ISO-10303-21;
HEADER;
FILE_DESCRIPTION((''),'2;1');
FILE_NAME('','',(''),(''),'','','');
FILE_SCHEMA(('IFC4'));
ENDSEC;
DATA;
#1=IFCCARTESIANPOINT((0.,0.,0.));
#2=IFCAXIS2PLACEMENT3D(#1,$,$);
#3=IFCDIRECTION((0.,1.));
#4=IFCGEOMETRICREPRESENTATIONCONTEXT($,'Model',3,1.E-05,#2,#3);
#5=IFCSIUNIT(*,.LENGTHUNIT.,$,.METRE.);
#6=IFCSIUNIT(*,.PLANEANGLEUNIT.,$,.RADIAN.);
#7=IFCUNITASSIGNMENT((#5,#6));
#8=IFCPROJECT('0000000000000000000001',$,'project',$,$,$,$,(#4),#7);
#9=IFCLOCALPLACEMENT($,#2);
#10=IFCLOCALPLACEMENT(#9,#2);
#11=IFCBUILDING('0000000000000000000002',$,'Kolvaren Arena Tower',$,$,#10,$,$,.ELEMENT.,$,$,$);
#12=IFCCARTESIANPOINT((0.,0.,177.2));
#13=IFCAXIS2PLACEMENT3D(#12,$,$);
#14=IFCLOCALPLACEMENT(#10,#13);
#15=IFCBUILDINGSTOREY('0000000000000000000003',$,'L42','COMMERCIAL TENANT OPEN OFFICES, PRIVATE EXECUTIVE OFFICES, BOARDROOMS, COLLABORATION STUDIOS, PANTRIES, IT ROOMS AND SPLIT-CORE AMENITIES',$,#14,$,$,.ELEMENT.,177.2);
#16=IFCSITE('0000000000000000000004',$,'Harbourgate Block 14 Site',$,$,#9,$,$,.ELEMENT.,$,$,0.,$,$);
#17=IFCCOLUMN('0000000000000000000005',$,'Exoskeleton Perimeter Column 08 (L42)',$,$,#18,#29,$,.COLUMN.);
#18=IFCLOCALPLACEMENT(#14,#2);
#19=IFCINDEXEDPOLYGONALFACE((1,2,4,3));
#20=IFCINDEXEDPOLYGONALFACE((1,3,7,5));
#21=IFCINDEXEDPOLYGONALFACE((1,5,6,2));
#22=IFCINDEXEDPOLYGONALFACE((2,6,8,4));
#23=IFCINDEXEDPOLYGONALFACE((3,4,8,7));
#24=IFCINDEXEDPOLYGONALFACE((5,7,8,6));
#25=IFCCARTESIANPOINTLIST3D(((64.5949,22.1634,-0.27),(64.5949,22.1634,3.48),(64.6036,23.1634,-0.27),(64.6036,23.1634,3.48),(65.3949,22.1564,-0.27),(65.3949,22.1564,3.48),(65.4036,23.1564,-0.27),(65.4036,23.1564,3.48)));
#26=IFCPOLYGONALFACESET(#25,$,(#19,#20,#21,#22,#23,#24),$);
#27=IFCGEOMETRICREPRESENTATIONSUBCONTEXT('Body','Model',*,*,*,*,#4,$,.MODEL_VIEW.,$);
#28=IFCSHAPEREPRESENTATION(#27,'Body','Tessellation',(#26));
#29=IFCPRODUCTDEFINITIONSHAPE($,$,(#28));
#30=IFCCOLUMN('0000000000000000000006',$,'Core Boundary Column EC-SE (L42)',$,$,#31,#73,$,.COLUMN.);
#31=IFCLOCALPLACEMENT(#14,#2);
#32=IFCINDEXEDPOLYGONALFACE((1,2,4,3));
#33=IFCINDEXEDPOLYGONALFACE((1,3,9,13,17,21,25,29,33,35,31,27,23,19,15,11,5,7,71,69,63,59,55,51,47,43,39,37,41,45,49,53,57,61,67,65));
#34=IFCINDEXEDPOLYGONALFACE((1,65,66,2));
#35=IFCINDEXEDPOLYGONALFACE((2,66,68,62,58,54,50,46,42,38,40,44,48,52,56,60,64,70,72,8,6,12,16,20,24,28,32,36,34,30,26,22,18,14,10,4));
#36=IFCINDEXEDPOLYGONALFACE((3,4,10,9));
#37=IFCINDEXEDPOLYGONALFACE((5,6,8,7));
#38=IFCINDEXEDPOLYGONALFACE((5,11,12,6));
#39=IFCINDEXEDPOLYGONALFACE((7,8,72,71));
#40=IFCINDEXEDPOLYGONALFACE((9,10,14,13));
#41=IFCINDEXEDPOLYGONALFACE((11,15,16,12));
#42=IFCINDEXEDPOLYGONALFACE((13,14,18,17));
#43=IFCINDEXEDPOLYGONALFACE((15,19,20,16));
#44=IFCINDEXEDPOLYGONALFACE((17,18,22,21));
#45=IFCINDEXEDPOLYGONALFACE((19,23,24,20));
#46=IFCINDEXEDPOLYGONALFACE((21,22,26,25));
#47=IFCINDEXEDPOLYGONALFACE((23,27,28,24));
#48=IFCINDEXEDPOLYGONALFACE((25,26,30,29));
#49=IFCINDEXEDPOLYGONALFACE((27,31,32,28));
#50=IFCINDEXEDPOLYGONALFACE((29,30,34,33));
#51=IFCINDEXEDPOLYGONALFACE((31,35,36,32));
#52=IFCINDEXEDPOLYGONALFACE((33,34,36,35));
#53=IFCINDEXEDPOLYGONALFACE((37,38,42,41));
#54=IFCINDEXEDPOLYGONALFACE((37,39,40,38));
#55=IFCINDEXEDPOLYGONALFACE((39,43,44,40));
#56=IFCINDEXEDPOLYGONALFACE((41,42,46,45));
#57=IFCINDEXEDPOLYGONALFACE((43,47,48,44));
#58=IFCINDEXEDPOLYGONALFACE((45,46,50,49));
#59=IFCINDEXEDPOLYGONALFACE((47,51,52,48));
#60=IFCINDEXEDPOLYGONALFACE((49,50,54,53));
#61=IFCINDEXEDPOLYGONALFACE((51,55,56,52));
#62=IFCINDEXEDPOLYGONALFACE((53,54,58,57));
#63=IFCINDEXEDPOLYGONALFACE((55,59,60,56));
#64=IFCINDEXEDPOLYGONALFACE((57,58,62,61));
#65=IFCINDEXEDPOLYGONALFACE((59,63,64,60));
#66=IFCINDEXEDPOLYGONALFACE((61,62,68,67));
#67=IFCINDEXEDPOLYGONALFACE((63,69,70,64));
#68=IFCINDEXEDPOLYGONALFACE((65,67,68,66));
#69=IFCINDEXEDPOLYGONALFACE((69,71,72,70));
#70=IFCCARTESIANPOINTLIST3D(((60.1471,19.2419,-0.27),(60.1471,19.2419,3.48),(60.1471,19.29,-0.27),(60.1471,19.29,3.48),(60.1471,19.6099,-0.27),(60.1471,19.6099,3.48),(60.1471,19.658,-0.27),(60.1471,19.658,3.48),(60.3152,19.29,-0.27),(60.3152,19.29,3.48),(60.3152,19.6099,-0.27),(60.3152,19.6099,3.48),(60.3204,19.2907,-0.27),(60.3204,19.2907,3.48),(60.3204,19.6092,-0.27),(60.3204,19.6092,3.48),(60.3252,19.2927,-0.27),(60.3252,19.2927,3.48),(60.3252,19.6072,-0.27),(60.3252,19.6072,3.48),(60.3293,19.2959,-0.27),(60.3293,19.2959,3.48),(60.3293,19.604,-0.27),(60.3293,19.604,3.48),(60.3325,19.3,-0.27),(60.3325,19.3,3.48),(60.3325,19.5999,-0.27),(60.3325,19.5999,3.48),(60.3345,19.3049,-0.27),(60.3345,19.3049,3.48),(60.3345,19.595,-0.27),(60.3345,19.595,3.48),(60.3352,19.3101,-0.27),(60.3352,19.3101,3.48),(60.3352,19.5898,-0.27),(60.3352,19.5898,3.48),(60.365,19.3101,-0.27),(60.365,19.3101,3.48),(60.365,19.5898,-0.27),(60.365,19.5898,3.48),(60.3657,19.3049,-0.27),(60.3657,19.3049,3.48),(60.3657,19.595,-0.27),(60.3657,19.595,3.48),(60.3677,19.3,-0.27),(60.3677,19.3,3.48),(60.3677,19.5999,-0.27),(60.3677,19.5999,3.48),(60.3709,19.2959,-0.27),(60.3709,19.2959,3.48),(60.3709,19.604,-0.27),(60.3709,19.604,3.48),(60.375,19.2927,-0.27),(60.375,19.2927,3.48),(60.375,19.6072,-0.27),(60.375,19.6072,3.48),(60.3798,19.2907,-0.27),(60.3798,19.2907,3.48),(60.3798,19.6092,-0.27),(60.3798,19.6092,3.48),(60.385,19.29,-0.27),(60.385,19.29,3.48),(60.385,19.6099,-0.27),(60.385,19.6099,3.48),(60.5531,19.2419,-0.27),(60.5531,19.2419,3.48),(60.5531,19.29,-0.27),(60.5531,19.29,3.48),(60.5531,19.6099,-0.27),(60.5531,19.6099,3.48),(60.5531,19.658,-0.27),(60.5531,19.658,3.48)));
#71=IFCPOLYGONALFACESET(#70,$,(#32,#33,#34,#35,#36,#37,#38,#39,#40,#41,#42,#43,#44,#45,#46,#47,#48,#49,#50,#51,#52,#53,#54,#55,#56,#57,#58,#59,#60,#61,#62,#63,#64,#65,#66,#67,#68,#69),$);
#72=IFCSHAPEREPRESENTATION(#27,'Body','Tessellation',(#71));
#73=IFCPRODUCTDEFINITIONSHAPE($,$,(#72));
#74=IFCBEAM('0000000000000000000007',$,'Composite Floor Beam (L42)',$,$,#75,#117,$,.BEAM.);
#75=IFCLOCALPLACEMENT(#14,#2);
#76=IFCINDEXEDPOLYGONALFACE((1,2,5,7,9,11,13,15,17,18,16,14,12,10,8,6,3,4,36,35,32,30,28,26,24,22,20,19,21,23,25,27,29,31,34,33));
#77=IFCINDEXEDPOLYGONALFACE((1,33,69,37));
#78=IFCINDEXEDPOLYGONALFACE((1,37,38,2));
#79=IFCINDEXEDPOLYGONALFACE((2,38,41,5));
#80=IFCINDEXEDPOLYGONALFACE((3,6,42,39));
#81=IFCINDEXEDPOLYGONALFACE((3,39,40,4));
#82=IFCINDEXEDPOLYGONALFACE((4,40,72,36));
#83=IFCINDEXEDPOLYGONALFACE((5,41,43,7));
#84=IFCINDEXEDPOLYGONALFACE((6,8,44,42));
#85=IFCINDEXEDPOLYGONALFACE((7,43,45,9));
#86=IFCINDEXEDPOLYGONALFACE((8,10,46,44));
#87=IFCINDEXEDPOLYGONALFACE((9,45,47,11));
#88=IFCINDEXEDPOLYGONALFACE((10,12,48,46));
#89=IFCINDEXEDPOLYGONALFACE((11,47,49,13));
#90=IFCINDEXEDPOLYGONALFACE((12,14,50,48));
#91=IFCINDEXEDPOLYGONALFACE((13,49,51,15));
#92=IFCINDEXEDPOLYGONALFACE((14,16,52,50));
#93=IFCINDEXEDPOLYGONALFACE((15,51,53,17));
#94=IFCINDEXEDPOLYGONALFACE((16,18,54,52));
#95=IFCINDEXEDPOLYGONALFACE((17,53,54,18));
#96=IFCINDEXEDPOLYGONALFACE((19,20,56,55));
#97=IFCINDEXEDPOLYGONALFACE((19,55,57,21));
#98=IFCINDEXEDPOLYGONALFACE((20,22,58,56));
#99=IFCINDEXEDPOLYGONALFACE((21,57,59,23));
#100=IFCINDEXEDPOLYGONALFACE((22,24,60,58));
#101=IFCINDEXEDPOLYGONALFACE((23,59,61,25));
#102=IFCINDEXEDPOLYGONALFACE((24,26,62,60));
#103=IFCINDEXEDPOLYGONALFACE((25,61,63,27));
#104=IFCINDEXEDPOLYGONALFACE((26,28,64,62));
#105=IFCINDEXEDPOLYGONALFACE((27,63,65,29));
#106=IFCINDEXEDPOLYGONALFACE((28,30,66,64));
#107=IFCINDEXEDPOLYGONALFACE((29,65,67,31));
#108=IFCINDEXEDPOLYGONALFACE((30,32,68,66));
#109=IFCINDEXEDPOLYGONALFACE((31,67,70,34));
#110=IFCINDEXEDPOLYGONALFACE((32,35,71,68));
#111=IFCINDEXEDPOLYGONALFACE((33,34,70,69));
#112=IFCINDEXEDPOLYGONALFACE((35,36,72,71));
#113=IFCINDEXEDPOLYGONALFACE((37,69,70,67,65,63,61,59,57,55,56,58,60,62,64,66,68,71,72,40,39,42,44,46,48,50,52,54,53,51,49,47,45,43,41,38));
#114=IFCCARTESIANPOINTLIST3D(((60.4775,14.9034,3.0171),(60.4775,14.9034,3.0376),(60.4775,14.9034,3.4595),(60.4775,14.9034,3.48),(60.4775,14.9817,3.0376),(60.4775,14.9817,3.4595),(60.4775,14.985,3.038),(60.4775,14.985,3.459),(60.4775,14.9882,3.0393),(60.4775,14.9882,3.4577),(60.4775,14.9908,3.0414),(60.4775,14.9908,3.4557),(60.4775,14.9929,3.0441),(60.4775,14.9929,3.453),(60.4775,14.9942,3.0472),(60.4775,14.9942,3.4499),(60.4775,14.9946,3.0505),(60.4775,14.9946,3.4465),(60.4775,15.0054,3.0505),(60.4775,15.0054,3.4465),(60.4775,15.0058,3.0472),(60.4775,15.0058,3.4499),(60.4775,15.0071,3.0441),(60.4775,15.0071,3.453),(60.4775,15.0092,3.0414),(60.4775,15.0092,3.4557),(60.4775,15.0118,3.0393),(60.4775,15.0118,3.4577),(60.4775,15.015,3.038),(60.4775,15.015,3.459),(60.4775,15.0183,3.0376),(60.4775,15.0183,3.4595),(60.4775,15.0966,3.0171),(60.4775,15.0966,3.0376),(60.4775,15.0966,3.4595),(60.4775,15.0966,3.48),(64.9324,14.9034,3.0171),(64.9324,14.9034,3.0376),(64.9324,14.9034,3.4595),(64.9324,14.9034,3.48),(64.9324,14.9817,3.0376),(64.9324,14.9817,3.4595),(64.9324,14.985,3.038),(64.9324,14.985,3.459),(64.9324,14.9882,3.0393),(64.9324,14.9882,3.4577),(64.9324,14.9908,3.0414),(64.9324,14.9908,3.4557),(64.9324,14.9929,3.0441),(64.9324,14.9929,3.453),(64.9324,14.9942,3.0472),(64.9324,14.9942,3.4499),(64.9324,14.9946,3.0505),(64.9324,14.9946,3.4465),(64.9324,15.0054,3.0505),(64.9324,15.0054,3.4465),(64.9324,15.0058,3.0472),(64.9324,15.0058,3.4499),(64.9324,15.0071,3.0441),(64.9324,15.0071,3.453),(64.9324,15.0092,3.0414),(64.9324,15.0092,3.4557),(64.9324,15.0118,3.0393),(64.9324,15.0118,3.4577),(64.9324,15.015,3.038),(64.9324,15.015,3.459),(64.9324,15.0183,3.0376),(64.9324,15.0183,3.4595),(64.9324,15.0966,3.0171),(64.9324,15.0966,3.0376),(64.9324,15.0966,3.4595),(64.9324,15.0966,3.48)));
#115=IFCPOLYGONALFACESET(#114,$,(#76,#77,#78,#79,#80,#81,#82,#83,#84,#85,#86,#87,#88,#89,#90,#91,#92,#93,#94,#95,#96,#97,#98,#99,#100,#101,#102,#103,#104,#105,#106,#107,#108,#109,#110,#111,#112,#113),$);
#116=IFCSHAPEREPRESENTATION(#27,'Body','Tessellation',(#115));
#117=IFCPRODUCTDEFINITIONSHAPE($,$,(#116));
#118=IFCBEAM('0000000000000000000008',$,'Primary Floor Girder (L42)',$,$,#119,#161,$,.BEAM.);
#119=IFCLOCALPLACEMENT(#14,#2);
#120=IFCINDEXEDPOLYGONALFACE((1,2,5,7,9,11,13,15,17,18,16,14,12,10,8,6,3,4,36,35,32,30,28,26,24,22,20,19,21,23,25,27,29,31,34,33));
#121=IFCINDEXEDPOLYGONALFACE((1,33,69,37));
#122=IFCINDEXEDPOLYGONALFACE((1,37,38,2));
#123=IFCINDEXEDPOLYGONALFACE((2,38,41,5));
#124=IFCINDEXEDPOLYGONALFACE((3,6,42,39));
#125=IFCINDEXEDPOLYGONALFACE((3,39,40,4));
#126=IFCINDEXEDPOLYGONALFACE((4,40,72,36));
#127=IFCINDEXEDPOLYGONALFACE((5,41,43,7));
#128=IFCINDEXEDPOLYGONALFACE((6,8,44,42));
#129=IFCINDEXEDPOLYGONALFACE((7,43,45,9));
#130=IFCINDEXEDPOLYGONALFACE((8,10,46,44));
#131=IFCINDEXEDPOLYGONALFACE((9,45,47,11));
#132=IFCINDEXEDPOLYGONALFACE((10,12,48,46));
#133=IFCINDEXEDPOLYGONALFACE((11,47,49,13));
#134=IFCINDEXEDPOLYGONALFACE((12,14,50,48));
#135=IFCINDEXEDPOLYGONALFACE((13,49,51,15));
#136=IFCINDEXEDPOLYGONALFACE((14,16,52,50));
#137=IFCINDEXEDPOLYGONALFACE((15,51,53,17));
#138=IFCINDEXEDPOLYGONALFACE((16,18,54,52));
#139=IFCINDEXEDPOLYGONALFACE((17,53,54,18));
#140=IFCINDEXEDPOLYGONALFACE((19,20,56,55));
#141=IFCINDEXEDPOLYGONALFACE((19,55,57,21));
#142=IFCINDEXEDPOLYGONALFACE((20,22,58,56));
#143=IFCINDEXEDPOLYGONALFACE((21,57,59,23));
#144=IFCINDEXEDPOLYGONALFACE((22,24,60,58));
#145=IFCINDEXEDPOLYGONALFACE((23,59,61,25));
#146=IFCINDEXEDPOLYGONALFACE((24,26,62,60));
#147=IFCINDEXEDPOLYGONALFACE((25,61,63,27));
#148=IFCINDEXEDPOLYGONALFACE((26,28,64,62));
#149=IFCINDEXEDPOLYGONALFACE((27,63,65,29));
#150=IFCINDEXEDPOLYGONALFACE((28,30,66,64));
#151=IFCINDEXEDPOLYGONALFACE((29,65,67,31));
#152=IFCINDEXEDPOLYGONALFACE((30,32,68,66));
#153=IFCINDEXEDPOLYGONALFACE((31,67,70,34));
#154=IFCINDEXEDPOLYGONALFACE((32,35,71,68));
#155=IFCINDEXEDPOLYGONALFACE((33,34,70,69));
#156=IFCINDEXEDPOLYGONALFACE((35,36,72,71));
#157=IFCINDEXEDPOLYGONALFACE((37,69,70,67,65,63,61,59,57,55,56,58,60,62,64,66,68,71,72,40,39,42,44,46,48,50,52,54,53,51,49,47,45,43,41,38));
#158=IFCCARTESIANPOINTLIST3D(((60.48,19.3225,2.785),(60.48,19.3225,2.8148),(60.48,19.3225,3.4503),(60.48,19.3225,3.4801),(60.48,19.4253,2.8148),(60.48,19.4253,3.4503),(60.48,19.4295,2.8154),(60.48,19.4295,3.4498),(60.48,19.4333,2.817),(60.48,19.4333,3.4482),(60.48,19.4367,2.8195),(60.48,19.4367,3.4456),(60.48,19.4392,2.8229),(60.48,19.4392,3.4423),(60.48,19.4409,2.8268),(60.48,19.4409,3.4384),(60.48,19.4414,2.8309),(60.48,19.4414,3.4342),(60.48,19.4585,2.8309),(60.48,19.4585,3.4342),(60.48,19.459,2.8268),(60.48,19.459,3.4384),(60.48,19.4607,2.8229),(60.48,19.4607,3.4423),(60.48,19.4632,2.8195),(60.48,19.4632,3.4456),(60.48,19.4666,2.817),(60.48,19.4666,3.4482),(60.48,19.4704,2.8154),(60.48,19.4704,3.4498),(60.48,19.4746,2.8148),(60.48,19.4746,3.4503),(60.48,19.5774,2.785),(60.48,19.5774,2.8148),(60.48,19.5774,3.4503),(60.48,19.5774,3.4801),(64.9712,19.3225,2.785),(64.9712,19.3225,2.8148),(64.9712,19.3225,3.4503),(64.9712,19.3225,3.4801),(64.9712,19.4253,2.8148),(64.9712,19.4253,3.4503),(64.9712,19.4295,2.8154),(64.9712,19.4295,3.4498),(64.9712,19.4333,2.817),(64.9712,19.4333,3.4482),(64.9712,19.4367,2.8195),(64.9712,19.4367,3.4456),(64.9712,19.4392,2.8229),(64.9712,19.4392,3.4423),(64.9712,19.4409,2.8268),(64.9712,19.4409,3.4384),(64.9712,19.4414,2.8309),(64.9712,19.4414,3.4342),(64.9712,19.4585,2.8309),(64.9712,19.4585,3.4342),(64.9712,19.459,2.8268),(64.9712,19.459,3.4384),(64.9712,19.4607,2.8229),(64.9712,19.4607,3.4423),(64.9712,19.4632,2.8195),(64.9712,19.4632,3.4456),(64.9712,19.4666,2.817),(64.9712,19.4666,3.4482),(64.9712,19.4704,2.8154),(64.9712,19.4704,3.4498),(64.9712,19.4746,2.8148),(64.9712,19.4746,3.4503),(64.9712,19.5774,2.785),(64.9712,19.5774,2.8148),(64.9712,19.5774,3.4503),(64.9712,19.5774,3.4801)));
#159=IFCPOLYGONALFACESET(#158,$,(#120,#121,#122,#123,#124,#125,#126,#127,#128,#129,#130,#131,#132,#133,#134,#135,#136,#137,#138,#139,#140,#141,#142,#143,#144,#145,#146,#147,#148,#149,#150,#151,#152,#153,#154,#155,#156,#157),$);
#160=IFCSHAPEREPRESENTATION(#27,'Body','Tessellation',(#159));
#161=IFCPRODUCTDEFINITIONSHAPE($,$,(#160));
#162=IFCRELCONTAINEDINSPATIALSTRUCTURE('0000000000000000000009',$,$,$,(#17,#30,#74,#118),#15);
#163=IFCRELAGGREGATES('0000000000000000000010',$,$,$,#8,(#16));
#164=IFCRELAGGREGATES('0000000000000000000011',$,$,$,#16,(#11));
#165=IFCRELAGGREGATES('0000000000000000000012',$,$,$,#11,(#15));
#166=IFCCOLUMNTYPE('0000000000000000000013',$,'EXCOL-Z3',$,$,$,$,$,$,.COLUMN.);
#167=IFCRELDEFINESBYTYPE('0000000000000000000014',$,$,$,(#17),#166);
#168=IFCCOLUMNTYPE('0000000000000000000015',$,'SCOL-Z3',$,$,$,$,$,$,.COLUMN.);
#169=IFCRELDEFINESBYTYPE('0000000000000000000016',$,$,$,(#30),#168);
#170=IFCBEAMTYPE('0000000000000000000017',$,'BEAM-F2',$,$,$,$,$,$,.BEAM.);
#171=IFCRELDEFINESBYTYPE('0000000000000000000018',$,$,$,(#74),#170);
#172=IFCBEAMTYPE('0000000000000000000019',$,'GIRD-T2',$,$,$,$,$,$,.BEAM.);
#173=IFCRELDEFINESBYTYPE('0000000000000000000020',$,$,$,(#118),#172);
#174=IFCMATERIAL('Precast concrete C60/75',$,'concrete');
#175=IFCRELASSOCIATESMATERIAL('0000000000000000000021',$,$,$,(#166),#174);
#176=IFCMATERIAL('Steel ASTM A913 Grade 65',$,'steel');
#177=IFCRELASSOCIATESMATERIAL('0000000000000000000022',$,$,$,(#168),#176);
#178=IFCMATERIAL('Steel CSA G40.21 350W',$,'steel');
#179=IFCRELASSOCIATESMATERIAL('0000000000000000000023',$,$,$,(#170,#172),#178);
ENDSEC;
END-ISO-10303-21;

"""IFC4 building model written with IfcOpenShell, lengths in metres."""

from ifc_helpers import new_model, si_unit, direction, frame, origin, origin_2d, place, context, subcontext, project, spatial, rectangle, i_section, extrude, material, material_profile, profile_set, type_object, element, save


model = new_model("IFC4")

# Units and contexts
model_context = context("Model", 3, precision=1e-05, world=origin(), true_north=direction((0.0, 1.0)))
body_context = subcontext(model_context, "Body", "Model", "MODEL_VIEW")
ifc_project = project(units=[si_unit("LENGTHUNIT", "METRE"), si_unit("PLANEANGLEUNIT", "RADIAN")], contexts=[model_context])

# Site, building, storey
site_placement = place(None, origin())
site = spatial("IfcSite", under=ifc_project, at=site_placement, Name="Harbourgate Block 14 Site", CompositionType="ELEMENT", RefElevation=0.0)
building_placement = place(site_placement, origin())
building = spatial("IfcBuilding", under=site, at=building_placement, Name="Kolvaren Arena Tower", CompositionType="ELEMENT")
storey_placement = place(building_placement, frame((0.0, 0.0, 177.2)))
storey = spatial("IfcBuildingStorey", under=building, at=storey_placement, Name="L42", Description="COMMERCIAL TENANT OPEN OFFICES, PRIVATE EXECUTIVE OFFICES, BOARDROOMS, COLLABORATION STUDIOS, PANTRIES, IT ROOMS AND SPLIT-CORE AMENITIES", CompositionType="ELEMENT", Elevation=177.2)

# Columns
ifc_material_1 = material(Name="Precast concrete C60/75", Category="concrete")
ifc_material_profile_1 = material_profile(ifc_material_1, rectangle(XDim=1.0, YDim=0.8, at=origin_2d()), Name="RC-1000x800")
ifc_profile_set_1 = profile_set([ifc_material_profile_1], Name="Precast concrete C60/75")
column_type_1 = type_object("IfcColumnType", Name="EXCOL-Z3", PredefinedType="COLUMN", material=ifc_profile_set_1)
column_1_placement = place(storey_placement, frame((64.9993, 22.6599, -0.27), z_axis=(0.0, 0.0, 1.0), x_axis=(0.008727, 0.999962, 0.0)))
element("IfcColumn", 1, at=column_1_placement, inside=storey, type_object=column_type_1, Name="Exoskeleton Perimeter Column 08 (L42)", PredefinedType="COLUMN", context=body_context, shape_type="SweptSolid", body=[
    extrude(rectangle(XDim=1.0, YDim=0.8, at=origin_2d()), origin(), (0.0, 0.0, 1.0), 3.75),
])
ifc_material_2 = material(Name="Steel ASTM A913 Grade 65", Category="steel")
ifc_material_profile_2 = material_profile(ifc_material_2, i_section(OverallWidth=0.406, OverallDepth=0.416, WebThickness=0.0298, FlangeThickness=0.0481, FilletRadius=0.02, at=origin_2d()), Name="W360x382")
ifc_profile_set_2 = profile_set([ifc_material_profile_2], Name="Steel ASTM A913 Grade 65")
column_type_2 = type_object("IfcColumnType", Name="SCOL-Z3", PredefinedType="COLUMN", material=ifc_profile_set_2)
column_2_placement = place(storey_placement, frame((60.3501, 19.45, -0.27), z_axis=(0.0, 0.0, 1.0), x_axis=(1.0, 0.0, 0.0)))
element("IfcColumn", 2, at=column_2_placement, inside=storey, type_object=column_type_2, Name="Core Boundary Column EC-SE (L42)", PredefinedType="COLUMN", context=body_context, shape_type="SweptSolid", body=[
    extrude(i_section(OverallWidth=0.406, OverallDepth=0.416, WebThickness=0.0298, FlangeThickness=0.0481, FilletRadius=0.02, at=origin_2d()), origin(), (0.0, 0.0, 1.0), 3.75),
])

# Beams
ifc_material_3 = material(Name="Steel CSA G40.21 350W", Category="steel")
ifc_material_profile_3 = material_profile(ifc_material_3, i_section(OverallWidth=0.1931, OverallDepth=0.4629, WebThickness=0.0107, FlangeThickness=0.0205, FilletRadius=0.0129, at=origin_2d()), Name="W460x113")
ifc_profile_set_3 = profile_set([ifc_material_profile_3], Name="Steel CSA G40.21 350W")
beam_type_1 = type_object("IfcBeamType", Name="BEAM-F2", PredefinedType="BEAM", material=ifc_profile_set_3)
beam_1_placement = place(storey_placement, frame((60.4775, 15.0, 3.2485), z_axis=(1.0, 0.0, 0.0), x_axis=(0.0, 1.0, 0.0)))
element("IfcBeam", 3, at=beam_1_placement, inside=storey, type_object=beam_type_1, Name="Composite Floor Beam (L42)", PredefinedType="BEAM", context=body_context, shape_type="SweptSolid", body=[
    extrude(i_section(OverallWidth=0.1931, OverallDepth=0.4629, WebThickness=0.0107, FlangeThickness=0.0205, FilletRadius=0.0129, at=origin_2d()), origin(), (0.0, 0.0, 1.0), 4.4548),
])
ifc_material_profile_4 = material_profile(ifc_material_3, i_section(OverallWidth=0.2549, OverallDepth=0.6951, WebThickness=0.0171, FlangeThickness=0.0298, FilletRadius=0.0161, at=origin_2d()), Name="W690x217")
ifc_profile_set_4 = profile_set([ifc_material_profile_4], Name="Steel CSA G40.21 350W")
beam_type_2 = type_object("IfcBeamType", Name="GIRD-T2", PredefinedType="BEAM", material=ifc_profile_set_4)
beam_2_placement = place(storey_placement, frame((60.48, 19.45, 3.1326), z_axis=(1.0, 0.0, 0.0), x_axis=(0.0, 1.0, 0.0)))
element("IfcBeam", 4, at=beam_2_placement, inside=storey, type_object=beam_type_2, Name="Primary Floor Girder (L42)", PredefinedType="BEAM", context=body_context, shape_type="SweptSolid", body=[
    extrude(i_section(OverallWidth=0.2549, OverallDepth=0.6951, WebThickness=0.0171, FlangeThickness=0.0298, FilletRadius=0.0161, at=origin_2d()), origin(), (0.0, 0.0, 1.0), 4.4912),
])

save(model, "model.ifc")
